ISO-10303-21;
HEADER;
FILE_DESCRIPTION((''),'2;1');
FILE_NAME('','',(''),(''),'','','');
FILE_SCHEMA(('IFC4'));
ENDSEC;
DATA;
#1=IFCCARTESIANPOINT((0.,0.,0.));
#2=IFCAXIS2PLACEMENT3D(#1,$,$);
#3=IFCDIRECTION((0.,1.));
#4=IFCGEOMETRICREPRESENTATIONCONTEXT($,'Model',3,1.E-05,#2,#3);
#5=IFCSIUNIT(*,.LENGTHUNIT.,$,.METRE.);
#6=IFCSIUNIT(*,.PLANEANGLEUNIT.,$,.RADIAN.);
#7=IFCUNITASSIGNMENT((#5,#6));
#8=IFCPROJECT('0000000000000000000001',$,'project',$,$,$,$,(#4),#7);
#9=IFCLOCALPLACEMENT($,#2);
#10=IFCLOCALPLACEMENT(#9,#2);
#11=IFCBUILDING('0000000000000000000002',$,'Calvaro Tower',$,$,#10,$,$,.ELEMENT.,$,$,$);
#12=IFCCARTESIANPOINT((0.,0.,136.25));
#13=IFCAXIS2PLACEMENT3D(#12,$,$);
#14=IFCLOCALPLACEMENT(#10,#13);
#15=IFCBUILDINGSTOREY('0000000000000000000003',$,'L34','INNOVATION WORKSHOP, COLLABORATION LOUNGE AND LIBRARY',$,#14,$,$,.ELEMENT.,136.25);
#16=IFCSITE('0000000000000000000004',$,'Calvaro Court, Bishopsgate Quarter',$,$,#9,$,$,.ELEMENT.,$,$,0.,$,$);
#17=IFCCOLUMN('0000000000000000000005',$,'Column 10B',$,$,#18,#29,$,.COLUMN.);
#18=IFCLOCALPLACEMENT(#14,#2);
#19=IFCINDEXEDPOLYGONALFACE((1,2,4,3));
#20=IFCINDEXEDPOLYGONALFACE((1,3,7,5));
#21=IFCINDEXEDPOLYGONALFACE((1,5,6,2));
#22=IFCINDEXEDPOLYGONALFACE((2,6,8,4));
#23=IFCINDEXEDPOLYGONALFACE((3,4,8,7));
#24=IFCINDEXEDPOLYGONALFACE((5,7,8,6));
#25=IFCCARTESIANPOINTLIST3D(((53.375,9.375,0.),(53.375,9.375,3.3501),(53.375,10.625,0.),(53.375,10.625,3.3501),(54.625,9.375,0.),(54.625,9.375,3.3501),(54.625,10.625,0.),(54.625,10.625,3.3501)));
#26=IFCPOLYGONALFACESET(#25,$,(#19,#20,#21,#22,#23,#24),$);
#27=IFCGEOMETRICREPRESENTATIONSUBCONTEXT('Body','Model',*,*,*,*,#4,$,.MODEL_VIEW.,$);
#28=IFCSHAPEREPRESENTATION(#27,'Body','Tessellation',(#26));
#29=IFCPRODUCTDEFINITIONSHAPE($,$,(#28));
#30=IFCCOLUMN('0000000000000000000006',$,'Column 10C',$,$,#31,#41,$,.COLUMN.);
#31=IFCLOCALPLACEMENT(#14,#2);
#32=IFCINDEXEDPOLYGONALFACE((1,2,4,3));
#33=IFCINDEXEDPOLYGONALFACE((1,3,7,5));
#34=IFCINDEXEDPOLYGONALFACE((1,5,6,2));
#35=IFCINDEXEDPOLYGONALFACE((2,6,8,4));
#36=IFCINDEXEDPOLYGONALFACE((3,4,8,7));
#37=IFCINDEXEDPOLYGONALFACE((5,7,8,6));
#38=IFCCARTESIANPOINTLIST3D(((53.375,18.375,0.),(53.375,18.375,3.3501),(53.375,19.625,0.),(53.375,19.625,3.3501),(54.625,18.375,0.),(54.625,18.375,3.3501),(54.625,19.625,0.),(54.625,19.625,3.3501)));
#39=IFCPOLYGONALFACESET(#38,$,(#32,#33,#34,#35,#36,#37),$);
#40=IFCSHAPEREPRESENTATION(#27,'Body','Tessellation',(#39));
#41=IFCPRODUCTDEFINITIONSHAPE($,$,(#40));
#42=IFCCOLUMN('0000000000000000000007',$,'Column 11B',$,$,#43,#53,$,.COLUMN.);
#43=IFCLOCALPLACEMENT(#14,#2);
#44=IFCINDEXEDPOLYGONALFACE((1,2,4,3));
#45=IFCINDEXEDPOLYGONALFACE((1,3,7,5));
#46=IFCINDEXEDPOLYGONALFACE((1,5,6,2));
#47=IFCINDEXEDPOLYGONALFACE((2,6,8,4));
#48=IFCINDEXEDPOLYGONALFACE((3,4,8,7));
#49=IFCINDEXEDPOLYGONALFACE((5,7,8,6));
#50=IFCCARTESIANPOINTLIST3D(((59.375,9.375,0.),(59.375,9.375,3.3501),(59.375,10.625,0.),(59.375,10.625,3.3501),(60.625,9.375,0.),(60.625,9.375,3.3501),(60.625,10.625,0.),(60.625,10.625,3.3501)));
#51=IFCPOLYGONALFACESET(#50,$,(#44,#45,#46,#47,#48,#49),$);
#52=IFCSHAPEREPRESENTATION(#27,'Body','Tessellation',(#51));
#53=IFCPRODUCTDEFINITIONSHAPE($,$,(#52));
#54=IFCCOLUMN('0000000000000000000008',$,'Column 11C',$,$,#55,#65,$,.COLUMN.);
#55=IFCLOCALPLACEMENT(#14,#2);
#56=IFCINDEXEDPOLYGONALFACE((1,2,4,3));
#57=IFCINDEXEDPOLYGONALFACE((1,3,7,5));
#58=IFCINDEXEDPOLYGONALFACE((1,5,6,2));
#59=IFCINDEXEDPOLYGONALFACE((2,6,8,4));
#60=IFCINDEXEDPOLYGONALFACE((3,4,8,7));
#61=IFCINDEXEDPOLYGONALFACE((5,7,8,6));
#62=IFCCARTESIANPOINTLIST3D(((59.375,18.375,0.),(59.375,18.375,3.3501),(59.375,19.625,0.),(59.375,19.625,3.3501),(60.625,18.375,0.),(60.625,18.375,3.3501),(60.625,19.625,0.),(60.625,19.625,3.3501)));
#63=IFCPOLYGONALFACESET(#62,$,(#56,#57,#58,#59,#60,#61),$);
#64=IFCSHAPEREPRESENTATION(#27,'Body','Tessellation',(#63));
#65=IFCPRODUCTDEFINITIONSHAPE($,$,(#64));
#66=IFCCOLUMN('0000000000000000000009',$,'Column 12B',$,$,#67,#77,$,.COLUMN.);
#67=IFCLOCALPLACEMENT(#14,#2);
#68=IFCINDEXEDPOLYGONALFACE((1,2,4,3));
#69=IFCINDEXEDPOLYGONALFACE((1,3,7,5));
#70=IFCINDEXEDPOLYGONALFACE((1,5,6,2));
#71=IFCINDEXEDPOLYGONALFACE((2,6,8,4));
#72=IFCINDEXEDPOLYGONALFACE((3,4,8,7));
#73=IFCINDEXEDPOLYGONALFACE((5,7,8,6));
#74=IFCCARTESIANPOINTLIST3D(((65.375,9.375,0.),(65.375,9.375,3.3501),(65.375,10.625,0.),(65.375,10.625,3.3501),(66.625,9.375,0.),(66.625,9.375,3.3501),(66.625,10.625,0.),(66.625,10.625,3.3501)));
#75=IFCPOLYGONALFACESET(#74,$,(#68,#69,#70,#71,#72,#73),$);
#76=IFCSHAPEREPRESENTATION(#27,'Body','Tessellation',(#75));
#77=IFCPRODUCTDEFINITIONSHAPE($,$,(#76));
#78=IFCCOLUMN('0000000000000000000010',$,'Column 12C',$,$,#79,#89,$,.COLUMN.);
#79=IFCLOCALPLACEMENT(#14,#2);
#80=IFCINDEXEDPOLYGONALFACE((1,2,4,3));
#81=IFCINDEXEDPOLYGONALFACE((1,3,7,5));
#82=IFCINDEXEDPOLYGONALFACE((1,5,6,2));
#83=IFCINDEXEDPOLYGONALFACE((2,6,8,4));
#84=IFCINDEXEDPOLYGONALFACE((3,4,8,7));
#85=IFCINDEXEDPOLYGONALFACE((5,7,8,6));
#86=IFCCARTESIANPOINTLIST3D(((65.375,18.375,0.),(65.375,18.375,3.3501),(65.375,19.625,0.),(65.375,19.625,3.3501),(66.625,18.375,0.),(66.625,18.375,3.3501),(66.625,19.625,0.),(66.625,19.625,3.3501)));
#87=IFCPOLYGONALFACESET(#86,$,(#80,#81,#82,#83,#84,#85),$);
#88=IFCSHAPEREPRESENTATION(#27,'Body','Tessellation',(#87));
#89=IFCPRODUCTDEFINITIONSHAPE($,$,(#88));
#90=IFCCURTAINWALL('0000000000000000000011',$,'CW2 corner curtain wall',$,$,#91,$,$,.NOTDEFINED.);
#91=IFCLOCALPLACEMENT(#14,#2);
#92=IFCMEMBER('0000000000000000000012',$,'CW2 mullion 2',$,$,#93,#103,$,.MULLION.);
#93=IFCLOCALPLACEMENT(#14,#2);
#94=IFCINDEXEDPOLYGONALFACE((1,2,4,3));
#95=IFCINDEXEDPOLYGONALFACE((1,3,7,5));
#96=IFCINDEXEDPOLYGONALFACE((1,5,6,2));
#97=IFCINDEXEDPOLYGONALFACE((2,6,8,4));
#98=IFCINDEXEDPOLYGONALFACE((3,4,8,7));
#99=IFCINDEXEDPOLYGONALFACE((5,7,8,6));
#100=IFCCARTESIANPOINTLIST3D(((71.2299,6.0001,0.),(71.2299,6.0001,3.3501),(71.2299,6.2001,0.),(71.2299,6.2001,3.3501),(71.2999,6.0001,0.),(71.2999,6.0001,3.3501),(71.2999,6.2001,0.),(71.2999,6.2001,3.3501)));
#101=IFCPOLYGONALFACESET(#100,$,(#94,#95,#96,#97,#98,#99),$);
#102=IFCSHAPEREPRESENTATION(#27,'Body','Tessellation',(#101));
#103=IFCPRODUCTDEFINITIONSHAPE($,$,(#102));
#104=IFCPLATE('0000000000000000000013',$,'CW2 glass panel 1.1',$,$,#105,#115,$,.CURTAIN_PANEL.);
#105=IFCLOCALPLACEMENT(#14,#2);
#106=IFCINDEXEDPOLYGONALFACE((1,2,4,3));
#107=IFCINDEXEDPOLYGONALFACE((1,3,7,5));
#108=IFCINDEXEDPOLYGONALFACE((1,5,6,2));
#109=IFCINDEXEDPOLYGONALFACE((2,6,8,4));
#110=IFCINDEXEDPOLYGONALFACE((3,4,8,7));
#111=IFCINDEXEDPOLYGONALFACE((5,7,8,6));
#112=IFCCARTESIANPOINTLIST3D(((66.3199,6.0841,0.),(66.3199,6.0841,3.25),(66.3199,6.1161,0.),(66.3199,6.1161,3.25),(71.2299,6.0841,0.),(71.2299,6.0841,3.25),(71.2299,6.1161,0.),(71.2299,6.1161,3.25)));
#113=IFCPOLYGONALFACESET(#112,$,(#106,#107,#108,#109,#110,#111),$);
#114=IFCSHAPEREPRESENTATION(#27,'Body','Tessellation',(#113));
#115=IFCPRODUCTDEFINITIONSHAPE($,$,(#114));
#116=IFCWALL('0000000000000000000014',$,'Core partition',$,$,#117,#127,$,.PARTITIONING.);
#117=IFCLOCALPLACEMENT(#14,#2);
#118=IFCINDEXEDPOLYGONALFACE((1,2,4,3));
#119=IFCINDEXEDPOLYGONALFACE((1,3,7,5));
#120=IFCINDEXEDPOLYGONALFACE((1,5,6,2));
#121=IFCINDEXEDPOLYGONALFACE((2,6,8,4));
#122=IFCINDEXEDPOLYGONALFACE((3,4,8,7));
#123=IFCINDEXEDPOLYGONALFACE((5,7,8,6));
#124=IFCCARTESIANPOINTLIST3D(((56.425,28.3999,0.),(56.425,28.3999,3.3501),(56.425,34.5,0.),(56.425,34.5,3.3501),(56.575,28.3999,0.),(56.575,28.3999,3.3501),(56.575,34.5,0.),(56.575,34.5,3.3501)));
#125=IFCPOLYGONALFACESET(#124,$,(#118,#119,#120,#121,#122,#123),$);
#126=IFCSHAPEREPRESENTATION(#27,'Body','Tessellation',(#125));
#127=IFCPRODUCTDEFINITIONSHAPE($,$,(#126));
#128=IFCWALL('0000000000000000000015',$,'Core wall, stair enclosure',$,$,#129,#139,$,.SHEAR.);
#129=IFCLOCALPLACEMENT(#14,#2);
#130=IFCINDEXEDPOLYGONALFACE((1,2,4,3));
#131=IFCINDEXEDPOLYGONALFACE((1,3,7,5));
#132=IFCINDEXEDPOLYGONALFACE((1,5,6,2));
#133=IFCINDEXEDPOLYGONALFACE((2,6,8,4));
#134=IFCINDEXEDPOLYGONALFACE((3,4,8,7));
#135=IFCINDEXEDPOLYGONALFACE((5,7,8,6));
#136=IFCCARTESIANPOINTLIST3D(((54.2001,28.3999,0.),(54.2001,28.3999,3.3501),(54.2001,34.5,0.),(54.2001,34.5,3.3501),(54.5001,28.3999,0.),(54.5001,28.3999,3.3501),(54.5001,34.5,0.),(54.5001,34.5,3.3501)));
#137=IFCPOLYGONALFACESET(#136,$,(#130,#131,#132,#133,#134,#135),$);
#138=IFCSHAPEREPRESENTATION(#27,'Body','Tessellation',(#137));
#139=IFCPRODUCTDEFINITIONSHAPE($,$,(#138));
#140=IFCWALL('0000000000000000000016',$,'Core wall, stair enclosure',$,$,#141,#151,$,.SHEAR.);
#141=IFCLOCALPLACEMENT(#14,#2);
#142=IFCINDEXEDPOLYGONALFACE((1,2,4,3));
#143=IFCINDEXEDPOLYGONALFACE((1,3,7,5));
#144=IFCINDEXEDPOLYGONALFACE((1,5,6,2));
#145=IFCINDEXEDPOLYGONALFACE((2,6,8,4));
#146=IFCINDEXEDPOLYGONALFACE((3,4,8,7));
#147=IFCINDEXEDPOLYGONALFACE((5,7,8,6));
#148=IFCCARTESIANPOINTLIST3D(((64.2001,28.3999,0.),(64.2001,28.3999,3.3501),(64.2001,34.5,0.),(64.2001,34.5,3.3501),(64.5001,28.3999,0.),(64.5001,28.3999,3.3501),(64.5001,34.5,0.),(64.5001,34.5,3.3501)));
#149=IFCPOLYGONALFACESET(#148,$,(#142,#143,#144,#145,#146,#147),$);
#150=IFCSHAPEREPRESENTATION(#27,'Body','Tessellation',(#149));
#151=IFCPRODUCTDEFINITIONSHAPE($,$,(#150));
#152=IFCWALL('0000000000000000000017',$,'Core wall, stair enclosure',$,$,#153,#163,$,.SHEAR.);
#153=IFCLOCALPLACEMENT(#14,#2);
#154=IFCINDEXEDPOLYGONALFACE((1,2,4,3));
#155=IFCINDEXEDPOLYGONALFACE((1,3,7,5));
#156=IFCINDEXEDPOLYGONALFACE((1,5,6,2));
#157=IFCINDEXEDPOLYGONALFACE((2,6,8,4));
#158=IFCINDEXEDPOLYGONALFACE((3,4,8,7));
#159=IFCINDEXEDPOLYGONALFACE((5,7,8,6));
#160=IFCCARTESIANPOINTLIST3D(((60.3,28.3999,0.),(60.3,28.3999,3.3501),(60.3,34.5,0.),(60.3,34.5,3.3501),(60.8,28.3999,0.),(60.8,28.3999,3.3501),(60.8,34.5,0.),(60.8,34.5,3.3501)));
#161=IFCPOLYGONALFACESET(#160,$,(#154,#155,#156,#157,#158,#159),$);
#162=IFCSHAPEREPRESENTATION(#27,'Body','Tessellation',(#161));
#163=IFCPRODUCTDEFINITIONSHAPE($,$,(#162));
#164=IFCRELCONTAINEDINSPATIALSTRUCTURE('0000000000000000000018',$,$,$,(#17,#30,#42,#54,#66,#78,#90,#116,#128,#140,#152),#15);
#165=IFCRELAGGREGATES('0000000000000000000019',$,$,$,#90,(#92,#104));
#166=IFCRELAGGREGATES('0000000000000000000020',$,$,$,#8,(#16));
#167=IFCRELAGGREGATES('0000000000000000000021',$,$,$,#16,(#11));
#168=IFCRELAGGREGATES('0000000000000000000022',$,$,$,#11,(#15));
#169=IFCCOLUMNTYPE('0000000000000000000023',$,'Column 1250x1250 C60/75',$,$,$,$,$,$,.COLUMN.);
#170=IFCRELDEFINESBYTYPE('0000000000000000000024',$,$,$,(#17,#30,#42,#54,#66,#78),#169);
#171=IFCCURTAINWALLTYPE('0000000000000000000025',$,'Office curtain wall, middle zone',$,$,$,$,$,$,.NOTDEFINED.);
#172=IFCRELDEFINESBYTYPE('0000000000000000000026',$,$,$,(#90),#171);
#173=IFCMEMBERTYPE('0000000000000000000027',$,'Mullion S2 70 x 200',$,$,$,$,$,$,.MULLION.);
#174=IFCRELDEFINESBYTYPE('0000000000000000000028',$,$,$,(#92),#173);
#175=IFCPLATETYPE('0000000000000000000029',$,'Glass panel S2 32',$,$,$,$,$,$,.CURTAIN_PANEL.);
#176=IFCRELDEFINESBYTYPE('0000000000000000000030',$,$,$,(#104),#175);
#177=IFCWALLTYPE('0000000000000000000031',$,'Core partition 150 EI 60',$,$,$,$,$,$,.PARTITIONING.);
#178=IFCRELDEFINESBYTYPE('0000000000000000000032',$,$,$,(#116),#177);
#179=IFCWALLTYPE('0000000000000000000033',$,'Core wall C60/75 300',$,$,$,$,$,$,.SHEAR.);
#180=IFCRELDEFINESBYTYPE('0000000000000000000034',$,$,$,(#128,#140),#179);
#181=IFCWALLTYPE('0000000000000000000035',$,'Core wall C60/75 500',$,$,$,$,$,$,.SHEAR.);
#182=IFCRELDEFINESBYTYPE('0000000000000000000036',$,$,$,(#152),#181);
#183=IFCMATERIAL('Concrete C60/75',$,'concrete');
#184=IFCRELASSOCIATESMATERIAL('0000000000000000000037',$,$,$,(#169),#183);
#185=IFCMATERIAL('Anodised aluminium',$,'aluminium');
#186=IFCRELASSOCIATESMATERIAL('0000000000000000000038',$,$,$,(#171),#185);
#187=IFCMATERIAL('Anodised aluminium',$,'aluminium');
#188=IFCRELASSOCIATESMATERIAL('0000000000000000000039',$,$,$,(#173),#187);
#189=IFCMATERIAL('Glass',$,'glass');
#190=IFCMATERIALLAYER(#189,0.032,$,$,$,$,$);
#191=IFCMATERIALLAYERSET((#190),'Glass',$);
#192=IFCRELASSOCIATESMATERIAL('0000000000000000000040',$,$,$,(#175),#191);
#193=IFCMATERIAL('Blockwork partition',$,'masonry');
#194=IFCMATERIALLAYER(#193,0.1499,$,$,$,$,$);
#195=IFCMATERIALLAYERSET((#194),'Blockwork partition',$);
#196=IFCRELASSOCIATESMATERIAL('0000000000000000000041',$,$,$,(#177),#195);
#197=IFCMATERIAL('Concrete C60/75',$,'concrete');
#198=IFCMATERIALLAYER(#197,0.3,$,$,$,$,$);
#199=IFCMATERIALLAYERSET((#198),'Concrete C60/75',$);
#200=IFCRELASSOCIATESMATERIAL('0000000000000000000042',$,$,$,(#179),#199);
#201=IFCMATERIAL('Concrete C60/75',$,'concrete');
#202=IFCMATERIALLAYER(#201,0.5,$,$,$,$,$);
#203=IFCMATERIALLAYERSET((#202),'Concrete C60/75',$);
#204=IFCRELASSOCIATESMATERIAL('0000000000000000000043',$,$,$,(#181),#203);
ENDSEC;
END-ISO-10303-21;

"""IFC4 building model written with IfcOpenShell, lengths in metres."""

from ifc_helpers import new_model, si_unit, direction, frame, frame_2d, origin, origin_2d, place, context, subcontext, project, spatial, rectangle, extrude, material, layer, layer_set, material_profile, profile_set, type_object, element, aggregate, save


model = new_model("IFC4")

# Units and contexts
model_context = context("Model", 3, precision=1e-05, world=origin(), true_north=direction((0.0, 1.0)))
body_context = subcontext(model_context, "Body", "Model", "MODEL_VIEW")
ifc_project = project(units=[si_unit("LENGTHUNIT", "METRE"), si_unit("PLANEANGLEUNIT", "RADIAN")], contexts=[model_context])

# Site, building, storey
site_placement = place(None, origin())
site = spatial("IfcSite", under=ifc_project, at=site_placement, Name="Calvaro Court, Bishopsgate Quarter", CompositionType="ELEMENT", RefElevation=0.0)
building_placement = place(site_placement, origin())
building = spatial("IfcBuilding", under=site, at=building_placement, Name="Calvaro Tower", CompositionType="ELEMENT")
storey_placement = place(building_placement, frame((0.0, 0.0, 136.25)))
storey = spatial("IfcBuildingStorey", under=building, at=storey_placement, Name="L34", Description="INNOVATION WORKSHOP, COLLABORATION LOUNGE AND LIBRARY", CompositionType="ELEMENT", Elevation=136.25)

# Columns
ifc_material_1 = material(Name="Concrete C60/75", Category="concrete")
ifc_material_profile_1 = material_profile(ifc_material_1, rectangle(XDim=1.25, YDim=1.25, at=origin_2d()), Name="RC 1250x1250")
ifc_profile_set_1 = profile_set([ifc_material_profile_1], Name="Concrete C60/75")
column_type = type_object("IfcColumnType", Name="Column 1250x1250 C60/75", PredefinedType="COLUMN", material=ifc_profile_set_1)
for number, where, z_axis, x_axis, name in (
    (1, (54.0, 10.0, 0.0), (0.0, 0.0, 1.0), (1.0, 0.0, 0.0), "Column 10B"),
    (2, (54.0, 19.0, 0.0), (0.0, 0.0, 1.0), (1.0, 0.0, 0.0), "Column 10C"),
    (3, (60.0, 10.0, 0.0), (0.0, 0.0, 1.0), (1.0, 0.0, 0.0), "Column 11B"),
    (4, (60.0, 19.0, 0.0), (0.0, 0.0, 1.0), (1.0, 0.0, 0.0), "Column 11C"),
    (5, (66.0, 10.0, 0.0), (0.0, 0.0, 1.0), (1.0, 0.0, 0.0), "Column 12B"),
    (6, (66.0, 19.0, 0.0), (0.0, 0.0, 1.0), (1.0, 0.0, 0.0), "Column 12C"),
):
    element("IfcColumn", number, at=place(storey_placement, frame(where, z_axis=z_axis, x_axis=x_axis)), inside=storey, type_object=column_type, Name=name, PredefinedType="COLUMN", context=body_context, shape_type="SweptSolid", body=[
        extrude(rectangle(XDim=1.25, YDim=1.25, at=origin_2d()), origin(), (0.0, 0.0, 1.0), 3.3501),
    ])

# Curtain wall, member, plate
ifc_material_2 = material(Name="Anodised aluminium", Category="aluminium")
curtain_wall_type = type_object("IfcCurtainWallType", Name="Office curtain wall, middle zone", PredefinedType="NOTDEFINED", material=ifc_material_2)
curtain_wall_placement = place(storey_placement, origin())
curtain_wall = element("IfcCurtainWall", 7, at=curtain_wall_placement, inside=storey, type_object=curtain_wall_type, Name="CW2 corner curtain wall", PredefinedType="NOTDEFINED")
ifc_material_3 = material(Name="Anodised aluminium", Category="aluminium")
ifc_material_profile_2 = material_profile(ifc_material_3, rectangle(XDim=0.2, YDim=0.0701, at=origin_2d()), Name="Mullion S2 70 x 200")
ifc_profile_set_2 = profile_set([ifc_material_profile_2], Name="Anodised aluminium")
member_type = type_object("IfcMemberType", Name="Mullion S2 70 x 200", PredefinedType="MULLION", material=ifc_profile_set_2)
member_placement = place(storey_placement, frame((71.2649, 6.1001, 0.0), z_axis=(0.0, 0.0, 1.0), x_axis=(0.0, 1.0, 0.0)))
member = element("IfcMember", 8, at=member_placement, type_object=member_type, Name="CW2 mullion 2", PredefinedType="MULLION", context=body_context, shape_type="SweptSolid", body=[
    extrude(rectangle(XDim=0.2, YDim=0.0701, at=origin_2d()), origin(), (0.0, 0.0, 1.0), 3.3501),
])
ifc_material_4 = material(Name="Glass", Category="glass")
ifc_layer_1 = layer(ifc_material_4, 0.032)
ifc_layer_set_1 = layer_set([ifc_layer_1], Name="Glass")
plate_type = type_object("IfcPlateType", Name="Glass panel S2 32", PredefinedType="CURTAIN_PANEL", material=ifc_layer_set_1)
plate_placement = place(storey_placement, frame((68.7749, 6.1001, 0.0), z_axis=(0.0, 0.0, 1.0), x_axis=(1.0, 0.0, 0.0)))
plate = element("IfcPlate", 9, at=plate_placement, type_object=plate_type, Name="CW2 glass panel 1.1", PredefinedType="CURTAIN_PANEL", context=body_context, shape_type="SweptSolid", body=[
    extrude(rectangle(XDim=4.9099, YDim=0.032, at=origin_2d()), origin(), (0.0, 0.0, 1.0), 3.25),
])
aggregate(curtain_wall, [member, plate])

# Walls
ifc_material_5 = material(Name="Blockwork partition", Category="masonry")
ifc_layer_2 = layer(ifc_material_5, 0.1499)
ifc_layer_set_2 = layer_set([ifc_layer_2], Name="Blockwork partition")
wall_type_1 = type_object("IfcWallType", Name="Core partition 150 EI 60", PredefinedType="PARTITIONING", material=ifc_layer_set_2)
wall_1_placement = place(storey_placement, frame((56.5, 28.3999, 0.0), z_axis=(0.0, 0.0, 1.0), x_axis=(0.0, 1.0, 0.0)))
element("IfcWall", 10, at=wall_1_placement, inside=storey, type_object=wall_type_1, Name="Core partition", PredefinedType="PARTITIONING", context=body_context, shape_type="SweptSolid", body=[
    extrude(rectangle(XDim=6.1001, YDim=0.1499, at=frame_2d((3.05, 0.0))), origin(), (0.0, 0.0, 1.0), 3.3501),
])
ifc_material_6 = material(Name="Concrete C60/75", Category="concrete")
ifc_layer_3 = layer(ifc_material_6, 0.3)
ifc_layer_set_3 = layer_set([ifc_layer_3], Name="Concrete C60/75")
wall_type_2 = type_object("IfcWallType", Name="Core wall C60/75 300", PredefinedType="SHEAR", material=ifc_layer_set_3)
for number, where, z_axis, x_axis, name in (
    (11, (54.3501, 28.3999, 0.0), (0.0, 0.0, 1.0), (0.0, 1.0, 0.0), "Core wall, stair enclosure"),
    (12, (64.3501, 28.3999, 0.0), (0.0, 0.0, 1.0), (0.0, 1.0, 0.0), "Core wall, stair enclosure"),
):
    element("IfcWall", number, at=place(storey_placement, frame(where, z_axis=z_axis, x_axis=x_axis)), inside=storey, type_object=wall_type_2, Name=name, PredefinedType="SHEAR", context=body_context, shape_type="SweptSolid", body=[
        extrude(rectangle(XDim=6.1001, YDim=0.3, at=frame_2d((3.05, 0.0))), origin(), (0.0, 0.0, 1.0), 3.3501),
    ])
ifc_material_7 = material(Name="Concrete C60/75", Category="concrete")
ifc_layer_4 = layer(ifc_material_7, 0.5)
ifc_layer_set_4 = layer_set([ifc_layer_4], Name="Concrete C60/75")
wall_type_3 = type_object("IfcWallType", Name="Core wall C60/75 500", PredefinedType="SHEAR", material=ifc_layer_set_4)
wall_2_placement = place(storey_placement, frame((60.55, 28.3999, 0.0), z_axis=(0.0, 0.0, 1.0), x_axis=(0.0, 1.0, 0.0)))
element("IfcWall", 13, at=wall_2_placement, inside=storey, type_object=wall_type_3, Name="Core wall, stair enclosure", PredefinedType="SHEAR", context=body_context, shape_type="SweptSolid", body=[
    extrude(rectangle(XDim=6.1001, YDim=0.5, at=frame_2d((3.05, 0.0))), origin(), (0.0, 0.0, 1.0), 3.3501),
])

save(model, "model.ifc")
